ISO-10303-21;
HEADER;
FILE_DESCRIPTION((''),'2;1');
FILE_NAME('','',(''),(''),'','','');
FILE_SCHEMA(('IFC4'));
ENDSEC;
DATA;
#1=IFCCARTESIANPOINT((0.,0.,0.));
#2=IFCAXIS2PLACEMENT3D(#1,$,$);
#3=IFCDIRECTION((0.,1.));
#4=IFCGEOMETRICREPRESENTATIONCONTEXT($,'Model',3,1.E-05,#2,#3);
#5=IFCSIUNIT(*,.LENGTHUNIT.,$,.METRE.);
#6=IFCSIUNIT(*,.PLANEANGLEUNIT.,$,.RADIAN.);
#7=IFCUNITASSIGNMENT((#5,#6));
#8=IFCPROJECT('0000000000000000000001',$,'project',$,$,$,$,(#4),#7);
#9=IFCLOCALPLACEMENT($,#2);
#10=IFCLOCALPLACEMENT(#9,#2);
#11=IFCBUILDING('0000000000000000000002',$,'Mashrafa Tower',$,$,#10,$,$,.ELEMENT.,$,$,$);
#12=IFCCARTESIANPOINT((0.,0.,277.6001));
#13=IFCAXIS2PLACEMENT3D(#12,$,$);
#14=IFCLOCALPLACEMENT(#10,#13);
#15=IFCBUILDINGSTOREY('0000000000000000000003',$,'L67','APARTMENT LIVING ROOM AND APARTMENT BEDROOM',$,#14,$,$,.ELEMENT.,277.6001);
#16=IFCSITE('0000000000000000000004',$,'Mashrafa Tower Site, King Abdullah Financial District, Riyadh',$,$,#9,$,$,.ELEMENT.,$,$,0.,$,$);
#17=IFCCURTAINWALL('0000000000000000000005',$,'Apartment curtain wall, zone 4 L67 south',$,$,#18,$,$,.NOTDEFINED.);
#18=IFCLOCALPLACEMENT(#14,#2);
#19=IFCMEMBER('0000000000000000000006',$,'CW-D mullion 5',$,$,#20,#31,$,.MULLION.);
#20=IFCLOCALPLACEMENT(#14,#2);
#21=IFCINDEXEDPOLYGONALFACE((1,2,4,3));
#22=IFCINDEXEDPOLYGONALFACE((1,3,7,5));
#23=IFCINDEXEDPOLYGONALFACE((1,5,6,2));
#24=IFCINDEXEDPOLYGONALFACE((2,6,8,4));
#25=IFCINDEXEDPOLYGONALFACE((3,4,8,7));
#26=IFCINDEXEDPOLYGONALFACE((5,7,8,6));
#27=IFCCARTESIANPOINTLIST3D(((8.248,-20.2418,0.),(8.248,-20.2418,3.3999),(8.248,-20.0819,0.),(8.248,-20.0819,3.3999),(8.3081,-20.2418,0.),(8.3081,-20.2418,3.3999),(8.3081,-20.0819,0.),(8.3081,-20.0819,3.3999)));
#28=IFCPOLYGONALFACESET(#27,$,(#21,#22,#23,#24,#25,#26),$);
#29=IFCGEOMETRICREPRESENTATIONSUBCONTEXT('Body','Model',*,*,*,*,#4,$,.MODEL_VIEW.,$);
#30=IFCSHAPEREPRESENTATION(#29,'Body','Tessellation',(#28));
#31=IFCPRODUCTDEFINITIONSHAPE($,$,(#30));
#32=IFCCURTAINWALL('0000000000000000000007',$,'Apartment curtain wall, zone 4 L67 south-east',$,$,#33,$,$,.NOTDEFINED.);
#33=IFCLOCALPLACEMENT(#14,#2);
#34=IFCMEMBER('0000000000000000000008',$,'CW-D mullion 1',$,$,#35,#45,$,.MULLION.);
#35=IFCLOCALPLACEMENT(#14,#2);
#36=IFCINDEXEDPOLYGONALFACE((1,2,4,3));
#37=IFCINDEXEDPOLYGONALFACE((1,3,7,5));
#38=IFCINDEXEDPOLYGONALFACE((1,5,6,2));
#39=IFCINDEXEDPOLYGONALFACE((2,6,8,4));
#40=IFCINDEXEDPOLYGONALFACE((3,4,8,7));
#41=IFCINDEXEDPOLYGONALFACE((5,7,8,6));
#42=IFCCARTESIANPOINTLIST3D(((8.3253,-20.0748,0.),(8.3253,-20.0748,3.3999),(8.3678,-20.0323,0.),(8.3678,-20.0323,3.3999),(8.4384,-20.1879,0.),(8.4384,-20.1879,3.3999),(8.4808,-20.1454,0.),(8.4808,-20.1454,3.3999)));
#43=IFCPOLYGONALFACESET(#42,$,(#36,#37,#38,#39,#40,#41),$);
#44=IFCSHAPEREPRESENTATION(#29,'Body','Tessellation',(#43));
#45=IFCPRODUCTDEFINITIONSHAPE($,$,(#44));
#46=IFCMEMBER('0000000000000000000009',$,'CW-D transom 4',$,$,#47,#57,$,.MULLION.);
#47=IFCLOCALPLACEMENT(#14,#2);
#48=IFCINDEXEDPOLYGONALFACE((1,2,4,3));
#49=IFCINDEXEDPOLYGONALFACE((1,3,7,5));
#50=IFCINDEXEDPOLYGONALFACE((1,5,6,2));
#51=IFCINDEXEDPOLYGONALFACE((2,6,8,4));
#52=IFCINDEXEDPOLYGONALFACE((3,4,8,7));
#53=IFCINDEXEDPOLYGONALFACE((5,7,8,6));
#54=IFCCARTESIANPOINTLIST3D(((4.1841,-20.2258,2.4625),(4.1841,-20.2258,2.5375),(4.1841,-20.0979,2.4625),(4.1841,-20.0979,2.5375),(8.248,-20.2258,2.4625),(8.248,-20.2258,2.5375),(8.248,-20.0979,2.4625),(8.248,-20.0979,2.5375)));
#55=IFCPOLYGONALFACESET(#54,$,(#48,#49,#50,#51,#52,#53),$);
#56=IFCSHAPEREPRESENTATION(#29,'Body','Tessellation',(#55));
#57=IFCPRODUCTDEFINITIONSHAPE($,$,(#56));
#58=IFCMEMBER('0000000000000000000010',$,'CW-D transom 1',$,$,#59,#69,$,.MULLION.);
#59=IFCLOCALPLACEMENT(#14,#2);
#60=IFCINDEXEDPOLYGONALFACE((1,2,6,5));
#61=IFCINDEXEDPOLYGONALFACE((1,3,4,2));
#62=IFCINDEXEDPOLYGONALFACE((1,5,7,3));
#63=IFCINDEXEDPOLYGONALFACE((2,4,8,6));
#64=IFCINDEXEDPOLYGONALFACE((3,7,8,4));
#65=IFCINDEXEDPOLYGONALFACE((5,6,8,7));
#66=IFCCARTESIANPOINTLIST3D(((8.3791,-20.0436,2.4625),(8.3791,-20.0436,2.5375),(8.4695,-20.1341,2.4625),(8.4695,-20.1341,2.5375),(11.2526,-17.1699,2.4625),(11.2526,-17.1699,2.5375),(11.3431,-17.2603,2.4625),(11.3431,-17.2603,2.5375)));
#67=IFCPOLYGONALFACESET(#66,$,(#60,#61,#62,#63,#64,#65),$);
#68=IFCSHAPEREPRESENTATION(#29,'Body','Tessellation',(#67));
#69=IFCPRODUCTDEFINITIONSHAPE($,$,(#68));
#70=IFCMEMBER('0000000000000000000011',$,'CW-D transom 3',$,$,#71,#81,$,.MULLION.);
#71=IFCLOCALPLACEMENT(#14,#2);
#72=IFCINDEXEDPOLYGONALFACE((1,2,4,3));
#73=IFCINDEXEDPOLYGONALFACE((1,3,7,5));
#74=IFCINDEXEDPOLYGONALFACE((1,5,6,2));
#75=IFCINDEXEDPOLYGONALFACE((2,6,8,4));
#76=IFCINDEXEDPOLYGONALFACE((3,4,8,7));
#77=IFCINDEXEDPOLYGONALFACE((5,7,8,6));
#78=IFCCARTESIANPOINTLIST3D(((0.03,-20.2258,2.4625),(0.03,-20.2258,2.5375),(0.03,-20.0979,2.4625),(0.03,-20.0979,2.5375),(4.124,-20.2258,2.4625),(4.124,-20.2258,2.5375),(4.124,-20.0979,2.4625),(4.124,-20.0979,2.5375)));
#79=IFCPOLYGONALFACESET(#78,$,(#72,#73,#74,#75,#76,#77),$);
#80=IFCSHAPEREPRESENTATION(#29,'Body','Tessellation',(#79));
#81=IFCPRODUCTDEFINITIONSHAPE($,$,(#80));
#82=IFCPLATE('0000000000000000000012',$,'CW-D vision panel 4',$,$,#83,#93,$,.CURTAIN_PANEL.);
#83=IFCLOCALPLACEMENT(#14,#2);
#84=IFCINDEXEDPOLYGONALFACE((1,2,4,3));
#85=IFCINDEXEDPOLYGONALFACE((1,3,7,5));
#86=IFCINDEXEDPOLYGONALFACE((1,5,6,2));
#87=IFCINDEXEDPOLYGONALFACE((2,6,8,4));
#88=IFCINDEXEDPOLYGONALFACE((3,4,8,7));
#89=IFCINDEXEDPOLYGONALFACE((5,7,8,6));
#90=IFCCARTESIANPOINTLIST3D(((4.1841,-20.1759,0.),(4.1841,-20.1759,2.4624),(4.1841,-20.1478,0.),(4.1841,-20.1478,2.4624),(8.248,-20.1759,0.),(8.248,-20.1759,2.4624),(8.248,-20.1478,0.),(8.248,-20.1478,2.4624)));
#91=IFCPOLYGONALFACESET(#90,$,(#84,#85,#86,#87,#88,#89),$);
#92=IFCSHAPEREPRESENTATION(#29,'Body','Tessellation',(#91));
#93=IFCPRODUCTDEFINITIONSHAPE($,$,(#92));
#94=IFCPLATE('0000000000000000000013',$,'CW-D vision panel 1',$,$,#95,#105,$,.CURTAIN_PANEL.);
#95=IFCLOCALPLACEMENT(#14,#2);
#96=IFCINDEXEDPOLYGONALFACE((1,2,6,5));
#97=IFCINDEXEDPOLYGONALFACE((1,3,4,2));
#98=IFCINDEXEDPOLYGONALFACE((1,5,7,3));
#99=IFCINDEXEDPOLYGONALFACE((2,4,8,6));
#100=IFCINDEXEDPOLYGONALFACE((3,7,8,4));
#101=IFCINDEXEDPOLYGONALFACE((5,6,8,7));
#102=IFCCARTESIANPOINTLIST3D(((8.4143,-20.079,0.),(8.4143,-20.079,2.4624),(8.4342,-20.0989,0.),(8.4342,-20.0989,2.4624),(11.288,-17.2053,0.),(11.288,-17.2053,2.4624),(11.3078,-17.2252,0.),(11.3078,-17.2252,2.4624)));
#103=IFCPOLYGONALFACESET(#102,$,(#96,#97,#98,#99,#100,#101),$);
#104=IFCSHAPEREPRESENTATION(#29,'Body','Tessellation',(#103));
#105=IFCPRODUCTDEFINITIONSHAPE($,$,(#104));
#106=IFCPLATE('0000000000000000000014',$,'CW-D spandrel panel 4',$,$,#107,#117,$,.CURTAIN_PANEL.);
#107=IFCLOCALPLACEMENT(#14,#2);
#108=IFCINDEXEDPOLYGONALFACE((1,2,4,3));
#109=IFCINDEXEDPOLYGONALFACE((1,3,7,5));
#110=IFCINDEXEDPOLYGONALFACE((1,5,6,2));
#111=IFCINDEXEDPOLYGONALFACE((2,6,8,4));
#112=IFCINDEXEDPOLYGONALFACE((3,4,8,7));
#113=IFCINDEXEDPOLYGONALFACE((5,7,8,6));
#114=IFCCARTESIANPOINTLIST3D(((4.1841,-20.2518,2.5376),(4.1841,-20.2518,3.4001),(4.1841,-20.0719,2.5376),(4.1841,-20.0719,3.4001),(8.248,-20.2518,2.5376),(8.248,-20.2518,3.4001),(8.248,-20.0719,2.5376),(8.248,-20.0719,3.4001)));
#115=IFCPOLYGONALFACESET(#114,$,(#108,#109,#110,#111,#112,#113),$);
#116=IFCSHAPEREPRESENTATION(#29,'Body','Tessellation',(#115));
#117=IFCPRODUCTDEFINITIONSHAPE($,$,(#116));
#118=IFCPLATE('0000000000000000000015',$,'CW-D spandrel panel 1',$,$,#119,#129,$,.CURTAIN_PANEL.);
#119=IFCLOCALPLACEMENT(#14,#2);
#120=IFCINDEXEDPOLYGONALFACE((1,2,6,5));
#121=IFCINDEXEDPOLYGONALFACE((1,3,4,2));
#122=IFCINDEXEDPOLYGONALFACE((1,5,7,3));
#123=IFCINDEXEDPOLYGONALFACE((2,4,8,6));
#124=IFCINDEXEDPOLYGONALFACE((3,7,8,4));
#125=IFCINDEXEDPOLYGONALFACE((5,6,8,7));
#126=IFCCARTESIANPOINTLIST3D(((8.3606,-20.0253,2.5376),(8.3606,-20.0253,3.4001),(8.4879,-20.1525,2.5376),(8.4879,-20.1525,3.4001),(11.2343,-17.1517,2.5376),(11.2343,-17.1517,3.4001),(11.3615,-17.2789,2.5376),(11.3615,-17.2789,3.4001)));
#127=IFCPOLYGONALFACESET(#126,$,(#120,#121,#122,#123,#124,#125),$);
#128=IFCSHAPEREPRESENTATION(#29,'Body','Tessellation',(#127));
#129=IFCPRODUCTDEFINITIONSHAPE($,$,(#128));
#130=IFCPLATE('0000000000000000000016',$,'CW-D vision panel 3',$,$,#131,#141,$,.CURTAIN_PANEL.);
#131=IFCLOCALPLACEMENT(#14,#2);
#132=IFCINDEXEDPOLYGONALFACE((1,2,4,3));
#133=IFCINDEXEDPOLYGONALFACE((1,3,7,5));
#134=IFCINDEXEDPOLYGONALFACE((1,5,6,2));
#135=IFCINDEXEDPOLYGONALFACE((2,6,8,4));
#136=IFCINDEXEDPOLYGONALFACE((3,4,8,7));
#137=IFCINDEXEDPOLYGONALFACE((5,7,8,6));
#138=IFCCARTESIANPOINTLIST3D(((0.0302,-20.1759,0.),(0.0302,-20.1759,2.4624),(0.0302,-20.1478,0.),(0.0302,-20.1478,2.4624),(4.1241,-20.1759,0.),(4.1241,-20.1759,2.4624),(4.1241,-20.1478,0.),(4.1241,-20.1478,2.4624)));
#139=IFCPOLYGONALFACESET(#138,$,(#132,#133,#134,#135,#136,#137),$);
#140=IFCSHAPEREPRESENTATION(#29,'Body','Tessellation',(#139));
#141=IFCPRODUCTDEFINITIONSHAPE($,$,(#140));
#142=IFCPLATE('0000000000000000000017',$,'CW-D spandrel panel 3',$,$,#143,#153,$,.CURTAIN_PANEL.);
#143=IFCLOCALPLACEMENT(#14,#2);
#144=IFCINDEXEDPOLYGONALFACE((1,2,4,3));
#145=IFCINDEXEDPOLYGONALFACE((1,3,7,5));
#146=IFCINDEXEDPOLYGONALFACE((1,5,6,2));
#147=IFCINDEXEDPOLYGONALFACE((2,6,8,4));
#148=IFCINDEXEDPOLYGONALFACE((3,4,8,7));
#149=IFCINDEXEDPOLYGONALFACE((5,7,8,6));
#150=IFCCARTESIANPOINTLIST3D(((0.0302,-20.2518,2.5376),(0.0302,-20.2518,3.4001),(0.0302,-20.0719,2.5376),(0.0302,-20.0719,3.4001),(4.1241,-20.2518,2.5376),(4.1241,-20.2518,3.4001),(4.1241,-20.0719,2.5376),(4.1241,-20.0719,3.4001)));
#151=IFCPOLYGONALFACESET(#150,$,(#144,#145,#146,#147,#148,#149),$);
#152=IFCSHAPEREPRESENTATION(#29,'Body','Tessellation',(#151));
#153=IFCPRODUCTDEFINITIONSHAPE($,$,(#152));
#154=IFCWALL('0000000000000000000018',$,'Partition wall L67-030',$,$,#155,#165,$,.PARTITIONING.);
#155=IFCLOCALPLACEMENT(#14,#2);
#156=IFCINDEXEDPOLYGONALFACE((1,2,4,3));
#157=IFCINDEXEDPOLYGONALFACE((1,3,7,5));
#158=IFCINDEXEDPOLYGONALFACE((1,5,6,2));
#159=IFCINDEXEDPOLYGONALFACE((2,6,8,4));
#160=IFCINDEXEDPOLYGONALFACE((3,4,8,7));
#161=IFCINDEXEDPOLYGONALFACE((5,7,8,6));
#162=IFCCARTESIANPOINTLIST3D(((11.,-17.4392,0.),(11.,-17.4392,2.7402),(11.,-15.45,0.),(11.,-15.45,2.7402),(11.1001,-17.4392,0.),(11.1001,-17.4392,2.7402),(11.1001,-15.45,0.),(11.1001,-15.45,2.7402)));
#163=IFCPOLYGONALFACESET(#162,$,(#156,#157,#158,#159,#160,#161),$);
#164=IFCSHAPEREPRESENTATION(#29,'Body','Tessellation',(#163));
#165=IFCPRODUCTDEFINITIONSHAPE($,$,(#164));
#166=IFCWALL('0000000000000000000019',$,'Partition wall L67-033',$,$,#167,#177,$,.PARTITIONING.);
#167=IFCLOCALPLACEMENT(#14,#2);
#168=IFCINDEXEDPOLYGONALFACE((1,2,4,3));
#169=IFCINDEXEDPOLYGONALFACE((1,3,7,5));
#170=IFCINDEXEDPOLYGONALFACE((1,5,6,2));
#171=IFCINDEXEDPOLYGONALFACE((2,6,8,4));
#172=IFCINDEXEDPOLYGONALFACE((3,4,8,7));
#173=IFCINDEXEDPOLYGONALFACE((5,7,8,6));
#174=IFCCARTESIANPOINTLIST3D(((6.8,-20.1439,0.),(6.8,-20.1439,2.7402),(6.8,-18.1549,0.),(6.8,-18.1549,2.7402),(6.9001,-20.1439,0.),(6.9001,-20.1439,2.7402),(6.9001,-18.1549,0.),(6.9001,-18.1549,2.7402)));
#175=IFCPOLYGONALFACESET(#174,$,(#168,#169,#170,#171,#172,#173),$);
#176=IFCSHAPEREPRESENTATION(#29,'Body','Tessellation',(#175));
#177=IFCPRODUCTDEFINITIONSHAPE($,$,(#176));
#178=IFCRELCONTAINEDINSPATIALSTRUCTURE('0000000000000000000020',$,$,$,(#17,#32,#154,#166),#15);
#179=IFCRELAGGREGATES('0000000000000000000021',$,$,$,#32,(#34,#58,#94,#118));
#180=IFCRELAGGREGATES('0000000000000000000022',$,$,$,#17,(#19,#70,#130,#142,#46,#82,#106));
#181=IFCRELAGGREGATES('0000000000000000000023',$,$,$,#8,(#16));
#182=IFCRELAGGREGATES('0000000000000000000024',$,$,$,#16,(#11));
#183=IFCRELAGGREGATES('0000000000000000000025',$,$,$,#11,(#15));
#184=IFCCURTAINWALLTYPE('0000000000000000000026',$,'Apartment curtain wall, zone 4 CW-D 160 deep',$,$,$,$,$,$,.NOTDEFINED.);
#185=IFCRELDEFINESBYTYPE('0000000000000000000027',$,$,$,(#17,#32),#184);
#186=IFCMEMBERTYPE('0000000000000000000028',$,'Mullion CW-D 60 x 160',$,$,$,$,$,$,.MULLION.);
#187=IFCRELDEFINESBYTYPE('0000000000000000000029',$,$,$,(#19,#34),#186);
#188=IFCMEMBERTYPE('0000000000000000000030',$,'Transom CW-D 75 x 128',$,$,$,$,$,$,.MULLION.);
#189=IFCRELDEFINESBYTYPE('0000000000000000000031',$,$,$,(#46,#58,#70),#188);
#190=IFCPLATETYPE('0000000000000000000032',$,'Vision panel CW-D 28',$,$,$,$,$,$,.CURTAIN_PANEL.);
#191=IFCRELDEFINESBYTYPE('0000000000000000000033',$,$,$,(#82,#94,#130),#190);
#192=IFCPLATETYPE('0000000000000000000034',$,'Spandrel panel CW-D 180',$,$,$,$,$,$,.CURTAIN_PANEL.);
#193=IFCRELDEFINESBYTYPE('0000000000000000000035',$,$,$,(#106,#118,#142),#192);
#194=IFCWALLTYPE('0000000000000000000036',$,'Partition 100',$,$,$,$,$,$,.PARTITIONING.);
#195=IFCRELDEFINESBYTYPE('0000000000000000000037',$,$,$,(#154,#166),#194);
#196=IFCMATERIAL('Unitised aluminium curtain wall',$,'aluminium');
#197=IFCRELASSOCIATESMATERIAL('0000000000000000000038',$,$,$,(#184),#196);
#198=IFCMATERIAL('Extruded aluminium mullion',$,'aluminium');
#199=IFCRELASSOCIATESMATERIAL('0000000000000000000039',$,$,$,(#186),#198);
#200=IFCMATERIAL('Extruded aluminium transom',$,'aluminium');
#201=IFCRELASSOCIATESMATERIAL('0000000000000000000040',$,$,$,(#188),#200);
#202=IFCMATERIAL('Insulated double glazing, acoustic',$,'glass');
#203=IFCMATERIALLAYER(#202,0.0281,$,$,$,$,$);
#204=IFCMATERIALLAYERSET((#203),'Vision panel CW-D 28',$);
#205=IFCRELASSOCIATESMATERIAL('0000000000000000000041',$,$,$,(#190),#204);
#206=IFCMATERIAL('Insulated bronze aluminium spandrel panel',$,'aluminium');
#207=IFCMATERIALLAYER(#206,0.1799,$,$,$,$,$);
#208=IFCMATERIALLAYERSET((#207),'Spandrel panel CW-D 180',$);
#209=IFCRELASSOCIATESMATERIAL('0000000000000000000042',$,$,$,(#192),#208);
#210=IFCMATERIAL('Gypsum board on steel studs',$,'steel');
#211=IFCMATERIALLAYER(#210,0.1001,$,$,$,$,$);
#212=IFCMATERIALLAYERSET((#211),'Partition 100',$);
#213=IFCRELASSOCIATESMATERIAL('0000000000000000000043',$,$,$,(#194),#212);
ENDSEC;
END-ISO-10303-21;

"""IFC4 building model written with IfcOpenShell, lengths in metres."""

from ifc_helpers import new_model, si_unit, direction, frame, frame_2d, origin, origin_2d, place, context, subcontext, project, spatial, rectangle, extrude, source, transform, mapped, material, layer, layer_set, material_profile, profile_set, type_object, type_shapes, element, aggregate, save


model = new_model("IFC4")

# Units and contexts
model_context = context("Model", 3, precision=1e-05, world=origin(), true_north=direction((0.0, 1.0)))
body_context = subcontext(model_context, "Body", "Model", "MODEL_VIEW")
ifc_project = project(units=[si_unit("LENGTHUNIT", "METRE"), si_unit("PLANEANGLEUNIT", "RADIAN")], contexts=[model_context])

# Site, building, storey
site_placement = place(None, origin())
site = spatial("IfcSite", under=ifc_project, at=site_placement, Name="Mashrafa Tower Site, King Abdullah Financial District, Riyadh", CompositionType="ELEMENT", RefElevation=0.0)
building_placement = place(site_placement, origin())
building = spatial("IfcBuilding", under=site, at=building_placement, Name="Mashrafa Tower", CompositionType="ELEMENT")
storey_placement = place(building_placement, frame((0.0, 0.0, 277.6001)))
storey = spatial("IfcBuildingStorey", under=building, at=storey_placement, Name="L67", Description="APARTMENT LIVING ROOM AND APARTMENT BEDROOM", CompositionType="ELEMENT", Elevation=277.6001)

# Curtain wall, member
ifc_material_1 = material(Name="Unitised aluminium curtain wall", Category="aluminium")
curtain_wall_type = type_object("IfcCurtainWallType", Name="Apartment curtain wall, zone 4 CW-D 160 deep", PredefinedType="NOTDEFINED", material=ifc_material_1)
curtain_wall_1_placement = place(storey_placement, origin())
curtain_wall_1 = element("IfcCurtainWall", 1, at=curtain_wall_1_placement, inside=storey, type_object=curtain_wall_type, Name="Apartment curtain wall, zone 4 L67 south", PredefinedType="NOTDEFINED")
ifc_material_2 = material(Name="Extruded aluminium mullion", Category="aluminium")
ifc_material_profile_1 = material_profile(ifc_material_2, rectangle(XDim=0.1599, YDim=0.0601, at=origin_2d()), Name="Mullion 60x160")
ifc_profile_set_1 = profile_set([ifc_material_profile_1], Name="Extruded aluminium mullion")
member_type_1 = type_object("IfcMemberType", Name="Mullion CW-D 60 x 160", PredefinedType="MULLION", material=ifc_profile_set_1)
shared_shape_1 = source(origin(), body_context, "Body", "SweptSolid", [
    extrude(rectangle(XDim=0.1599, YDim=0.0601, at=origin_2d()), origin(), (0.0, 0.0, 1.0), 3.3999),
])
type_shapes(member_type_1, [shared_shape_1])
member_1_placement = place(storey_placement, frame((8.2781, -20.1619, 0.0), z_axis=(0.0, 0.0, 1.0), x_axis=(0.0, 1.0, 0.0)))
member_1 = element("IfcMember", 2, at=member_1_placement, type_object=member_type_1, Name="CW-D mullion 5", PredefinedType="MULLION", context=body_context, shape_type="MappedRepresentation", body=[
    mapped(shared_shape_1, transform((0.0, 0.0, 0.0))),
])

# Curtain wall, member
curtain_wall_2_placement = place(storey_placement, origin())
curtain_wall_2 = element("IfcCurtainWall", 3, at=curtain_wall_2_placement, inside=storey, type_object=curtain_wall_type, Name="Apartment curtain wall, zone 4 L67 south-east", PredefinedType="NOTDEFINED")
member_2_placement = place(storey_placement, frame((8.4031, -20.1101, 0.0), z_axis=(0.0, 0.0, 1.0), x_axis=(-0.707107, 0.707107, 0.0)))
member_2 = element("IfcMember", 4, at=member_2_placement, type_object=member_type_1, Name="CW-D mullion 1", PredefinedType="MULLION", context=body_context, shape_type="MappedRepresentation", body=[
    mapped(shared_shape_1, transform((0.0, 0.0, 0.0))),
])

# Members
ifc_material_3 = material(Name="Extruded aluminium transom", Category="aluminium")
ifc_material_profile_2 = material_profile(ifc_material_3, rectangle(XDim=0.1279, YDim=0.075, at=origin_2d()), Name="Transom 75x128")
ifc_profile_set_2 = profile_set([ifc_material_profile_2], Name="Extruded aluminium transom")
member_type_2 = type_object("IfcMemberType", Name="Transom CW-D 75 x 128", PredefinedType="MULLION", material=ifc_profile_set_2)
shared_shape_2 = source(origin(), body_context, "Body", "SweptSolid", [
    extrude(rectangle(XDim=0.1279, YDim=0.075, at=origin_2d()), origin(), (0.0, 0.0, 1.0), 4.064),
])
member_3_placement = place(storey_placement, frame((4.1841, -20.1619, 2.5), z_axis=(1.0, 0.0, 0.0), x_axis=(0.0, 1.0, 0.0)))
member_3 = element("IfcMember", 5, at=member_3_placement, type_object=member_type_2, Name="CW-D transom 4", PredefinedType="MULLION", context=body_context, shape_type="MappedRepresentation", body=[
    mapped(shared_shape_2, transform((0.0, 0.0, 0.0))),
])
member_4_placement = place(storey_placement, frame((8.4243, -20.0889, 2.5), z_axis=(0.707077, 0.707137, 0.0), x_axis=(-0.707137, 0.707077, 0.0)))
member_4 = element("IfcMember", 6, at=member_4_placement, type_object=member_type_2, Name="CW-D transom 1", PredefinedType="MULLION", context=body_context, shape_type="MappedRepresentation", body=[
    mapped(shared_shape_2, transform((0.0, 0.0, 0.0))),
])
shared_shape_3 = source(origin(), body_context, "Body", "SweptSolid", [
    extrude(rectangle(XDim=0.1279, YDim=0.075, at=origin_2d()), origin(), (0.0, 0.0, 1.0), 4.094),
])
type_shapes(member_type_2, [shared_shape_2, shared_shape_3])
member_5_placement = place(storey_placement, frame((0.03, -20.1619, 2.5), z_axis=(1.0, 0.0, 0.0), x_axis=(0.0, 1.0, 0.0)))
member_5 = element("IfcMember", 7, at=member_5_placement, type_object=member_type_2, Name="CW-D transom 3", PredefinedType="MULLION", context=body_context, shape_type="MappedRepresentation", body=[
    mapped(shared_shape_3, transform((0.0, 0.0, 0.0))),
])

# Plates
ifc_material_4 = material(Name="Insulated double glazing, acoustic", Category="glass")
ifc_layer_1 = layer(ifc_material_4, 0.0281)
ifc_layer_set_1 = layer_set([ifc_layer_1], Name="Vision panel CW-D 28")
plate_type_1 = type_object("IfcPlateType", Name="Vision panel CW-D 28", PredefinedType="CURTAIN_PANEL", material=ifc_layer_set_1)
shared_shape_4 = source(origin(), body_context, "Body", "SweptSolid", [
    extrude(rectangle(XDim=4.064, YDim=0.0281, at=origin_2d()), origin(), (0.0, 0.0, 1.0), 2.4624),
])
plate_1_placement = place(storey_placement, frame((6.2161, -20.1619, 0.0), z_axis=(0.0, 0.0, 1.0), x_axis=(1.0, 0.0, 0.0)))
plate_1 = element("IfcPlate", 8, at=plate_1_placement, type_object=plate_type_1, Name="CW-D vision panel 4", PredefinedType="CURTAIN_PANEL", context=body_context, shape_type="MappedRepresentation", body=[
    mapped(shared_shape_4, transform((0.0, 0.0, 0.0))),
])
plate_2_placement = place(storey_placement, frame((9.8611, -18.6521, 0.0), z_axis=(0.0, 0.0, 1.0), x_axis=(0.707107, 0.707107, 0.0)))
plate_2 = element("IfcPlate", 9, at=plate_2_placement, type_object=plate_type_1, Name="CW-D vision panel 1", PredefinedType="CURTAIN_PANEL", context=body_context, shape_type="MappedRepresentation", body=[
    mapped(shared_shape_4, transform((0.0, 0.0, 0.0))),
])
ifc_material_5 = material(Name="Insulated bronze aluminium spandrel panel", Category="aluminium")
ifc_layer_2 = layer(ifc_material_5, 0.1799)
ifc_layer_set_2 = layer_set([ifc_layer_2], Name="Spandrel panel CW-D 180")
plate_type_2 = type_object("IfcPlateType", Name="Spandrel panel CW-D 180", PredefinedType="CURTAIN_PANEL", material=ifc_layer_set_2)
shared_shape_5 = source(origin(), body_context, "Body", "SweptSolid", [
    extrude(rectangle(XDim=4.064, YDim=0.1799, at=origin_2d()), origin(), (0.0, 0.0, 1.0), 0.8625),
])
plate_3_placement = place(storey_placement, frame((6.2161, -20.1619, 2.5376), z_axis=(0.0, 0.0, 1.0), x_axis=(1.0, 0.0, 0.0)))
plate_3 = element("IfcPlate", 10, at=plate_3_placement, type_object=plate_type_2, Name="CW-D spandrel panel 4", PredefinedType="CURTAIN_PANEL", context=body_context, shape_type="MappedRepresentation", body=[
    mapped(shared_shape_5, transform((0.0, 0.0, 0.0))),
])
plate_4_placement = place(storey_placement, frame((9.8611, -18.6521, 2.5376), z_axis=(0.0, 0.0, 1.0), x_axis=(0.707107, 0.707107, 0.0)))
plate_4 = element("IfcPlate", 11, at=plate_4_placement, type_object=plate_type_2, Name="CW-D spandrel panel 1", PredefinedType="CURTAIN_PANEL", context=body_context, shape_type="MappedRepresentation", body=[
    mapped(shared_shape_5, transform((0.0, 0.0, 0.0))),
])
aggregate(curtain_wall_2, [member_2, member_4, plate_2, plate_4])
shared_shape_6 = source(origin(), body_context, "Body", "SweptSolid", [
    extrude(rectangle(XDim=4.094, YDim=0.0281, at=origin_2d()), origin(), (0.0, 0.0, 1.0), 2.4624),
])
type_shapes(plate_type_1, [shared_shape_4, shared_shape_6])
plate_5_placement = place(storey_placement, frame((2.0771, -20.1619, 0.0), z_axis=(0.0, 0.0, 1.0), x_axis=(1.0, 0.0, 0.0)))
plate_5 = element("IfcPlate", 12, at=plate_5_placement, type_object=plate_type_1, Name="CW-D vision panel 3", PredefinedType="CURTAIN_PANEL", context=body_context, shape_type="MappedRepresentation", body=[
    mapped(shared_shape_6, transform((0.0, 0.0, 0.0))),
])
shared_shape_7 = source(origin(), body_context, "Body", "SweptSolid", [
    extrude(rectangle(XDim=4.094, YDim=0.1799, at=origin_2d()), origin(), (0.0, 0.0, 1.0), 0.8625),
])
type_shapes(plate_type_2, [shared_shape_5, shared_shape_7])
plate_6_placement = place(storey_placement, frame((2.0771, -20.1619, 2.5376), z_axis=(0.0, 0.0, 1.0), x_axis=(1.0, 0.0, 0.0)))
plate_6 = element("IfcPlate", 13, at=plate_6_placement, type_object=plate_type_2, Name="CW-D spandrel panel 3", PredefinedType="CURTAIN_PANEL", context=body_context, shape_type="MappedRepresentation", body=[
    mapped(shared_shape_7, transform((0.0, 0.0, 0.0))),
])
aggregate(curtain_wall_1, [member_1, member_5, plate_5, plate_6, member_3, plate_1, plate_3])

# Walls
ifc_material_6 = material(Name="Gypsum board on steel studs", Category="steel")
ifc_layer_3 = layer(ifc_material_6, 0.1001)
ifc_layer_set_3 = layer_set([ifc_layer_3], Name="Partition 100")
wall_type = type_object("IfcWallType", Name="Partition 100", PredefinedType="PARTITIONING", material=ifc_layer_set_3)
wall_1_placement = place(storey_placement, frame((11.05, -17.4392, 0.0), z_axis=(0.0, 0.0, 1.0), x_axis=(0.0, 1.0, 0.0)))
element("IfcWall", 14, at=wall_1_placement, inside=storey, type_object=wall_type, Name="Partition wall L67-030", PredefinedType="PARTITIONING", context=body_context, shape_type="SweptSolid", body=[
    extrude(rectangle(XDim=1.9893, YDim=0.1001, at=frame_2d((0.9946, 0.0))), origin(), (0.0, 0.0, 1.0), 2.7402),
])
wall_2_placement = place(storey_placement, frame((6.8501, -18.1548, 0.0), z_axis=(0.0, 0.0, 1.0), x_axis=(0.0, -1.0, 0.0)))
element("IfcWall", 15, at=wall_2_placement, inside=storey, type_object=wall_type, Name="Partition wall L67-033", PredefinedType="PARTITIONING", context=body_context, shape_type="SweptSolid", body=[
    extrude(rectangle(XDim=1.989, YDim=0.1001, at=frame_2d((0.9946, 0.0))), origin(), (0.0, 0.0, 1.0), 2.7402),
])

save(model, "model.ifc")
